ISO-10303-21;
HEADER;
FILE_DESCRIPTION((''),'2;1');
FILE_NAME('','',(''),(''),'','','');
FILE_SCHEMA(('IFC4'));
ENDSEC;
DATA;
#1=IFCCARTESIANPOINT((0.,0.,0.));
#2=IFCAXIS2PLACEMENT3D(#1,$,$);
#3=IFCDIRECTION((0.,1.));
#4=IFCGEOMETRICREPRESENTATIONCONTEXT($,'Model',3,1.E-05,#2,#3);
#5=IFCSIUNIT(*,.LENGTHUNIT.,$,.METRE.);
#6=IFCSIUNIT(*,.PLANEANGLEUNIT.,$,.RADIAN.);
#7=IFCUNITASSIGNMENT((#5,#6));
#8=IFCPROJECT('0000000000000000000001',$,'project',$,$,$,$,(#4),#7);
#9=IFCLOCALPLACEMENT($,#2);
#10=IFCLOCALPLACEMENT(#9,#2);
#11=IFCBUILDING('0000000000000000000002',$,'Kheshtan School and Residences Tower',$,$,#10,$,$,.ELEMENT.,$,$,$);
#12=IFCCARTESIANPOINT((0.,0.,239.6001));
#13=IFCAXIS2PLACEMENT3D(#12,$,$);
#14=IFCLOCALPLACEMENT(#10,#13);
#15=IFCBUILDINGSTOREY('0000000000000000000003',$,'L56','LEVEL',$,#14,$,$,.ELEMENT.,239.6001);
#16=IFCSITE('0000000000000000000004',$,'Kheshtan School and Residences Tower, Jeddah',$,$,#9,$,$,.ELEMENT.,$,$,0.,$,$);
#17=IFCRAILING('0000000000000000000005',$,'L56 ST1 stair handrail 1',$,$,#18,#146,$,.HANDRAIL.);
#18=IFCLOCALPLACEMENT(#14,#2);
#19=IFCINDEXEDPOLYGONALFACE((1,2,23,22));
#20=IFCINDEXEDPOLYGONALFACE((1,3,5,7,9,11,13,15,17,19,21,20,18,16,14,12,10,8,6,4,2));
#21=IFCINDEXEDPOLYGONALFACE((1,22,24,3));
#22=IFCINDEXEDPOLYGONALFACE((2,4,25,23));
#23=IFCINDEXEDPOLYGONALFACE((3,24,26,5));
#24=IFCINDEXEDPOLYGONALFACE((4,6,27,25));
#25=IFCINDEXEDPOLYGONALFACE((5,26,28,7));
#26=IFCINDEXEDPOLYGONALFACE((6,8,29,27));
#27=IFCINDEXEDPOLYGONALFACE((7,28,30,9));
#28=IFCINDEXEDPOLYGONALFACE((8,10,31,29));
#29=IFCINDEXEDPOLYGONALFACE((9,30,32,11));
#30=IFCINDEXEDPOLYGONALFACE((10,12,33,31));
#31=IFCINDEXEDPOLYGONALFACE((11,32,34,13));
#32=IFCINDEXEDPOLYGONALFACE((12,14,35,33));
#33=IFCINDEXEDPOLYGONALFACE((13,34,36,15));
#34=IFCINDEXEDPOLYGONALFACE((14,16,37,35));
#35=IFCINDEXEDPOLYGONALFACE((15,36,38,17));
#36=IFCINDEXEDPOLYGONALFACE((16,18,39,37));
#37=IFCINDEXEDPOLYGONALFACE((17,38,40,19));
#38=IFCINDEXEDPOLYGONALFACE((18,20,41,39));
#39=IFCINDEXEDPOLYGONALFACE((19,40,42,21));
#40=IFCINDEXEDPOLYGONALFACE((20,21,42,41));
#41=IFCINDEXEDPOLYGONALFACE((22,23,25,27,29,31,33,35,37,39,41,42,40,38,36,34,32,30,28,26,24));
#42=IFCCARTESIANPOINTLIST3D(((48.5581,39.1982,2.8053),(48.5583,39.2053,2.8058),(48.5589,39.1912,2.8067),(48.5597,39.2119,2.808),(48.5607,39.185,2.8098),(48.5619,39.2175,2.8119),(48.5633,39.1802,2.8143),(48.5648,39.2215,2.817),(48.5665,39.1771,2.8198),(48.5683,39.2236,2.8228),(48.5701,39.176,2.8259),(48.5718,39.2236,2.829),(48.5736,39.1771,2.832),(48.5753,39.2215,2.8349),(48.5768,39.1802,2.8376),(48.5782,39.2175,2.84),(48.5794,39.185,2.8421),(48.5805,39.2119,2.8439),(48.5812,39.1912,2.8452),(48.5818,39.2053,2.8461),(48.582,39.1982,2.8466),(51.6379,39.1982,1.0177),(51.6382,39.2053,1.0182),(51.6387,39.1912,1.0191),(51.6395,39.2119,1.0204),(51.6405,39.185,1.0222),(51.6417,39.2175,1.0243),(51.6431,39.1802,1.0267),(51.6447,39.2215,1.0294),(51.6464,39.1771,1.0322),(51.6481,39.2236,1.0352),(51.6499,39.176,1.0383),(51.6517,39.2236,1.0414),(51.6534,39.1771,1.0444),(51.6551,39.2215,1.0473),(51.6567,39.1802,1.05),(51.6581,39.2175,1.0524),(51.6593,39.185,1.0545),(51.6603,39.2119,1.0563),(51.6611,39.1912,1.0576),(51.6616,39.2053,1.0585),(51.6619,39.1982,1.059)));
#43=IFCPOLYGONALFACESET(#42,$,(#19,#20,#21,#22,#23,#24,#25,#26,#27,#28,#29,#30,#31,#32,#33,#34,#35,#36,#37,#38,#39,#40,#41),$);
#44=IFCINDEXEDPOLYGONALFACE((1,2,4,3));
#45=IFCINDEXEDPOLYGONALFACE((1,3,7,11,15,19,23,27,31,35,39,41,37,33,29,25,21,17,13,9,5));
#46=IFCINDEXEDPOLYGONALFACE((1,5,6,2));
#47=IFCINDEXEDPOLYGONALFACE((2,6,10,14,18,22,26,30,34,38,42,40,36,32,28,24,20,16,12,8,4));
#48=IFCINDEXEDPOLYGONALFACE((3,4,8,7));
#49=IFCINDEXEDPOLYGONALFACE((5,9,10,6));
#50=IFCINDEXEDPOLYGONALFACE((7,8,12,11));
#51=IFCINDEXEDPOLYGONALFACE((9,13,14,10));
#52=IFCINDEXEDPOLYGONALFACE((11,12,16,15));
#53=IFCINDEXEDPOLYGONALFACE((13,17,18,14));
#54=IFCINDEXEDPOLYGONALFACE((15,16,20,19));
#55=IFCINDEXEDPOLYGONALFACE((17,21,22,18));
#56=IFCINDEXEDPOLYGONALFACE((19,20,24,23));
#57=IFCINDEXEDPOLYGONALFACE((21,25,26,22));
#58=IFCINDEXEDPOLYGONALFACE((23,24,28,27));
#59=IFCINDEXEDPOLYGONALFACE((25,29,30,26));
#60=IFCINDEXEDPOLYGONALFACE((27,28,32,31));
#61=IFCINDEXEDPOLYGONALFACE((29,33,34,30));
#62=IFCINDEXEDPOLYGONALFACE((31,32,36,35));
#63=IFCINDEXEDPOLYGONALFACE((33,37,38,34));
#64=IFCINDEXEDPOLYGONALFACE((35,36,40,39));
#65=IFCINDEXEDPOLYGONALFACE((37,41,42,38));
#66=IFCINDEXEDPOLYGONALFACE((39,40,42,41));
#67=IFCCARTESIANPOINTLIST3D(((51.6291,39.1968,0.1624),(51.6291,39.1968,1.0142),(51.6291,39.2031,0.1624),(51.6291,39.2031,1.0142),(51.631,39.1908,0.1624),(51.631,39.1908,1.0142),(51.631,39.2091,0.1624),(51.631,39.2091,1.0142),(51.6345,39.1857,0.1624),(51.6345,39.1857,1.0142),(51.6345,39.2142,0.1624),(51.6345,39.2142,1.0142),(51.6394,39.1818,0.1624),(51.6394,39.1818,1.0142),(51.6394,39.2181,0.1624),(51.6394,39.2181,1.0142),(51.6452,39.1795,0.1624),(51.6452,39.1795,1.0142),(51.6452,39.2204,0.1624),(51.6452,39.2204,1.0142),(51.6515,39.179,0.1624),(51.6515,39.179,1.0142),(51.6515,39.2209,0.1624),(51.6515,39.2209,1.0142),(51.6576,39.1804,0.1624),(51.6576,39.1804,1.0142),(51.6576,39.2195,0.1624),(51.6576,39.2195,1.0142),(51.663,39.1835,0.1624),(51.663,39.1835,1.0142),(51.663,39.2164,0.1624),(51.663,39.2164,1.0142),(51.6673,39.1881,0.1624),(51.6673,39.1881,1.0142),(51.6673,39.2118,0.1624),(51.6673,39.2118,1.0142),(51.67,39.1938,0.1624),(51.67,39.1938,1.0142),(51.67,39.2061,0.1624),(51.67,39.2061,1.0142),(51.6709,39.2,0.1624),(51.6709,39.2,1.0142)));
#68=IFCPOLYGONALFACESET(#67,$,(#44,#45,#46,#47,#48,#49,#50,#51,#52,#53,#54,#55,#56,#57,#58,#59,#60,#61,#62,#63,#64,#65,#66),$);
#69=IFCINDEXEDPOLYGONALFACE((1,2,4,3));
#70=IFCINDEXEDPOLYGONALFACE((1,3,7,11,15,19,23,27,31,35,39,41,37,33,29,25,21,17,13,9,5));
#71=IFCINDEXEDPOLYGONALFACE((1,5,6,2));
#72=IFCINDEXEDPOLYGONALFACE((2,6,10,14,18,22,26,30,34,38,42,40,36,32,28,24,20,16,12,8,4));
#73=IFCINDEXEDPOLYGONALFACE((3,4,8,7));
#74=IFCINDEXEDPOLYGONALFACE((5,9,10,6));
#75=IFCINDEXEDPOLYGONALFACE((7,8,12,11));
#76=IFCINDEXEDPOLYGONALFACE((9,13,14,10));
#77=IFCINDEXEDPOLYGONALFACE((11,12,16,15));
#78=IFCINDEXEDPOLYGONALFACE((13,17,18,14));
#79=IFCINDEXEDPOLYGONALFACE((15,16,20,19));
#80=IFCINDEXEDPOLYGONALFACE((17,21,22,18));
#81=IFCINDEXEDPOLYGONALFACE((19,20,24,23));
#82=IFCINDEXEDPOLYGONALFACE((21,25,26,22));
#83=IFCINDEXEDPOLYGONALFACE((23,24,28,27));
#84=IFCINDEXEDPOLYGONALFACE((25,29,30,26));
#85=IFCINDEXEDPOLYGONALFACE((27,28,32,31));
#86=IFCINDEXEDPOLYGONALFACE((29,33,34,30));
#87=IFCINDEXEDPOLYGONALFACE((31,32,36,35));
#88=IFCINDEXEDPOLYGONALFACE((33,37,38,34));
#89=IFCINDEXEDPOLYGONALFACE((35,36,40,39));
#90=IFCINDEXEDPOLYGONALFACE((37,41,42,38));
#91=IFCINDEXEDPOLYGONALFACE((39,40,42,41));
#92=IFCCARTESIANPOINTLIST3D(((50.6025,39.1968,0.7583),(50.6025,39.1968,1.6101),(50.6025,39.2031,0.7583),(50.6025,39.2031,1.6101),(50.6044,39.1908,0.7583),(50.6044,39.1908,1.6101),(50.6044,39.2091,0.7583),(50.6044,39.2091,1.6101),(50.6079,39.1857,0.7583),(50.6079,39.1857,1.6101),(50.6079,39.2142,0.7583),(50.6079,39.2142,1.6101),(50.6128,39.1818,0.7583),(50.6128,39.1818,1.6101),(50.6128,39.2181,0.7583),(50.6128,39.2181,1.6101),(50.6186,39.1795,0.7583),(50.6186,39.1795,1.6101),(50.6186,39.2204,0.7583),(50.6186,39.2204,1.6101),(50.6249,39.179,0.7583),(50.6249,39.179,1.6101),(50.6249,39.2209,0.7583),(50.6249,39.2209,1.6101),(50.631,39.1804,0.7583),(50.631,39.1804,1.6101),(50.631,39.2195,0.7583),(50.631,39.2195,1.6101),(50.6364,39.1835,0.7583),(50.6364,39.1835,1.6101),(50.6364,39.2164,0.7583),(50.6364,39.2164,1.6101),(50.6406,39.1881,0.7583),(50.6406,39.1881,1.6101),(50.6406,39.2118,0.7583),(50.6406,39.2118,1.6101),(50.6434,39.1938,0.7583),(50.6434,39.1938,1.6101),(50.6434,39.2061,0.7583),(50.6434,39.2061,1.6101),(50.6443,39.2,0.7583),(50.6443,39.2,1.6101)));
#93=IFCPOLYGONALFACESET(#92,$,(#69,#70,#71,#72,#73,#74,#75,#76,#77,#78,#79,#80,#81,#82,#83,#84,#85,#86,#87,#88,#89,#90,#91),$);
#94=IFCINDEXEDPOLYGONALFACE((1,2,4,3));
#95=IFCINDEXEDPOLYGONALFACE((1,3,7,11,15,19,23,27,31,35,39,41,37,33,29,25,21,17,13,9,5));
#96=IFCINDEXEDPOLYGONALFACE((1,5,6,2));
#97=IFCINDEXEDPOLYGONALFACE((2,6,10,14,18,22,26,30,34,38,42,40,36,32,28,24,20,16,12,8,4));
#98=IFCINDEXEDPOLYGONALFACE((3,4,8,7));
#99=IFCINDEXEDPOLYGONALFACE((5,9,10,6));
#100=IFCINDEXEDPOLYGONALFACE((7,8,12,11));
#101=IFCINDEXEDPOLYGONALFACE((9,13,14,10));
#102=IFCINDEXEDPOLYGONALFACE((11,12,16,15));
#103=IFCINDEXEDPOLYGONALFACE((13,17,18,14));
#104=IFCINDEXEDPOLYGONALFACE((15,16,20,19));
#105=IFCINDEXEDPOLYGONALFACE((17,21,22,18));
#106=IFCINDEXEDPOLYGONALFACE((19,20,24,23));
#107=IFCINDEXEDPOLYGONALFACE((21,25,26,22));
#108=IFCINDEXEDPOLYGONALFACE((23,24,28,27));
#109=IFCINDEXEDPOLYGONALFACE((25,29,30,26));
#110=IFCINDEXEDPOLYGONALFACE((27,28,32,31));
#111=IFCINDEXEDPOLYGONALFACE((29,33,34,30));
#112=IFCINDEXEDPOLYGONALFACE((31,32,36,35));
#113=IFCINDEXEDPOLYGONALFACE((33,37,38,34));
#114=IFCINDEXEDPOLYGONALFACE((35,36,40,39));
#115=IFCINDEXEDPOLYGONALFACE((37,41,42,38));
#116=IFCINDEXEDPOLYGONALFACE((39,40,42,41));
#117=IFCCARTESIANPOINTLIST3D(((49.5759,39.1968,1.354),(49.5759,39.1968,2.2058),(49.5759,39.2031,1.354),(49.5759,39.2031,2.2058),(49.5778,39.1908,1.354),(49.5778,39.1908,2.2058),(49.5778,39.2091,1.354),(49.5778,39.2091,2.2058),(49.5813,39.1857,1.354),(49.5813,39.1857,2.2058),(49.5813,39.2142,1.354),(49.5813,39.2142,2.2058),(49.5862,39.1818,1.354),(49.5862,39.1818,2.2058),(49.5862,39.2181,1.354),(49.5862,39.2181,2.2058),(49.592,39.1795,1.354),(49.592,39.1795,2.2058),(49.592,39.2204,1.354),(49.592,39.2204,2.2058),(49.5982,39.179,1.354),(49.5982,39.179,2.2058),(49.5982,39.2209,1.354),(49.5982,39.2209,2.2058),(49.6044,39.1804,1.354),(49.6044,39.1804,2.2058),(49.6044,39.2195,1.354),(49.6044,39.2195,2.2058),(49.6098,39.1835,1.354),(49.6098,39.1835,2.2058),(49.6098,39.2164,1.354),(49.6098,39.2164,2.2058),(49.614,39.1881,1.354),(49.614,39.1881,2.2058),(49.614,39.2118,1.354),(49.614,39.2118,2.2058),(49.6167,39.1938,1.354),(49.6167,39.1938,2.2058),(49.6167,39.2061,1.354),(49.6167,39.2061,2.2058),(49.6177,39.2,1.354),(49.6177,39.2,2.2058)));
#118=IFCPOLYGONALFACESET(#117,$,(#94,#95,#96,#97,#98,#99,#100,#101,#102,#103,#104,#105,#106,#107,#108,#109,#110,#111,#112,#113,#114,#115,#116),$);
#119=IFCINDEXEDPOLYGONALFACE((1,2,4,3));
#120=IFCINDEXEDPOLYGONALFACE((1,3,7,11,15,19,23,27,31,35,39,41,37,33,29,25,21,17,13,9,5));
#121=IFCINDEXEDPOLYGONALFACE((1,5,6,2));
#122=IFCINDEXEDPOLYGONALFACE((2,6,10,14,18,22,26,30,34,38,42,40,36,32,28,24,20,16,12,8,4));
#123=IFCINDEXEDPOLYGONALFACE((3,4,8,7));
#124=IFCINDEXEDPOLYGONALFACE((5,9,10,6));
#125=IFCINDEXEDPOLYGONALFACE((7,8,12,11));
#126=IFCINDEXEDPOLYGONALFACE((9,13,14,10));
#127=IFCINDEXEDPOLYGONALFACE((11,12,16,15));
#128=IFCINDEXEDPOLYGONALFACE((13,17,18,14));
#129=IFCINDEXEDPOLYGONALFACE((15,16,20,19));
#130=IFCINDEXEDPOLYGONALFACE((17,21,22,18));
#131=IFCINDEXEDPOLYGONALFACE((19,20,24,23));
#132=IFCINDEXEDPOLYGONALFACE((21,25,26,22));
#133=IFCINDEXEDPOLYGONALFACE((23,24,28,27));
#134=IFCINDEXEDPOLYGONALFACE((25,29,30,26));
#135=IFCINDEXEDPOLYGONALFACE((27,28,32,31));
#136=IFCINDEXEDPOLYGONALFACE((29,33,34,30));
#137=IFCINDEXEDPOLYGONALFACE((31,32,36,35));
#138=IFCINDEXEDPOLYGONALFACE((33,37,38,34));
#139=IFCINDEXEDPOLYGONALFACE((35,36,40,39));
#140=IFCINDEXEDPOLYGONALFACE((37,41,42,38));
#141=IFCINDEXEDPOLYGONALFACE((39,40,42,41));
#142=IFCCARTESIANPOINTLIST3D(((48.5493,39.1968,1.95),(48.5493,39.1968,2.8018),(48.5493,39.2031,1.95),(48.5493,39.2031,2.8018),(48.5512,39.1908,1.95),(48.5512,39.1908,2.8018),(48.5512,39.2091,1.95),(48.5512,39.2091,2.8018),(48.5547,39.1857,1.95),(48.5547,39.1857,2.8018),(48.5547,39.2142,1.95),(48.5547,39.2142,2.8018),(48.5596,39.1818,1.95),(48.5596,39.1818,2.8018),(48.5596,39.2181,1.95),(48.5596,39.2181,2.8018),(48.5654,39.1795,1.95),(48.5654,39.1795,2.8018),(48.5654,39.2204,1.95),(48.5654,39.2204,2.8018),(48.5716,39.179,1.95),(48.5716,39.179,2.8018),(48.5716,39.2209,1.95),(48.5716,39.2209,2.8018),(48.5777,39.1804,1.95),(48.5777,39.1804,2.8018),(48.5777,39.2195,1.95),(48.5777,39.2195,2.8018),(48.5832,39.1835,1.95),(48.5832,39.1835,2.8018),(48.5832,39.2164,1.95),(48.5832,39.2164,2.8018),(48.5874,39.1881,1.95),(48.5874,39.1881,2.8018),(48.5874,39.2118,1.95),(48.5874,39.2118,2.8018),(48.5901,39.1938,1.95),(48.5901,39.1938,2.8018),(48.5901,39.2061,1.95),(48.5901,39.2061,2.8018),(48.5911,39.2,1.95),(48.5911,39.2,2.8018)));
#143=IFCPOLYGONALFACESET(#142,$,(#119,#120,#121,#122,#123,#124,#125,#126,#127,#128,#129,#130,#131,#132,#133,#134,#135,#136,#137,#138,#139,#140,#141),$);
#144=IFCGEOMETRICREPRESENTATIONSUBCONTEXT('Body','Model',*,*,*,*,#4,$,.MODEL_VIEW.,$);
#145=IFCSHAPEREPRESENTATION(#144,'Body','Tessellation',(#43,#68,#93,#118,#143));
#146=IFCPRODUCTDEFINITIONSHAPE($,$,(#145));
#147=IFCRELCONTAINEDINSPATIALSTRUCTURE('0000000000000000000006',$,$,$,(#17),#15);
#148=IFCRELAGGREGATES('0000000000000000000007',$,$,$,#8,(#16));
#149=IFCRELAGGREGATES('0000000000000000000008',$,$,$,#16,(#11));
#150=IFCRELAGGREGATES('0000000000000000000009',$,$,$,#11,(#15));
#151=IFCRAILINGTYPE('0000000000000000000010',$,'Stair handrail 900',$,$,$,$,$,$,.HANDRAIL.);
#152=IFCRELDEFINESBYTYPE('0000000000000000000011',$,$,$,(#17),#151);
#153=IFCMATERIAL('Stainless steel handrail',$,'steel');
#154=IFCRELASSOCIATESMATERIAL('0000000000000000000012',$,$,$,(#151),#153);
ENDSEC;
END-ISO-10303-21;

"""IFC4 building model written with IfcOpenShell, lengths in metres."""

from ifc_helpers import new_model, si_unit, direction, frame, origin, origin_2d, place, context, subcontext, project, spatial, circle, extrude, material, type_object, element, save


model = new_model("IFC4")

# Units and contexts
model_context = context("Model", 3, precision=1e-05, world=origin(), true_north=direction((0.0, 1.0)))
body_context = subcontext(model_context, "Body", "Model", "MODEL_VIEW")
ifc_project = project(units=[si_unit("LENGTHUNIT", "METRE"), si_unit("PLANEANGLEUNIT", "RADIAN")], contexts=[model_context])

# Site, building, storey
site_placement = place(None, origin())
site = spatial("IfcSite", under=ifc_project, at=site_placement, Name="Kheshtan School and Residences Tower, Jeddah", CompositionType="ELEMENT", RefElevation=0.0)
building_placement = place(site_placement, origin())
building = spatial("IfcBuilding", under=site, at=building_placement, Name="Kheshtan School and Residences Tower", CompositionType="ELEMENT")
storey_placement = place(building_placement, frame((0.0, 0.0, 239.6001)))
storey = spatial("IfcBuildingStorey", under=building, at=storey_placement, Name="L56", Description="LEVEL", CompositionType="ELEMENT", Elevation=239.6001)

# Railing
ifc_material_1 = material(Name="Stainless steel handrail", Category="steel")
railing_type_1 = type_object("IfcRailingType", Name="Stair handrail 900", PredefinedType="HANDRAIL", material=ifc_material_1)
railing_1_placement = place(storey_placement, frame((51.6499, 39.2, 0.1624)))
element("IfcRailing", 1, at=railing_1_placement, inside=storey, type_object=railing_type_1, Name="L56 ST1 stair handrail 1", PredefinedType="HANDRAIL", context=body_context, shape_type="SweptSolid", body=[
    extrude(circle(Radius=0.0239, at=origin_2d()), frame((0.0, 0.0, 0.876), z_axis=(-0.864873, 0.0, 0.50199), x_axis=(0.0, -1.0, 0.0)), (0.0, 0.0, 1.0), 3.561),
    extrude(circle(Radius=0.021, at=origin_2d()), origin(), (0.0, 0.0, 1.0), 0.8518),
    extrude(circle(Radius=0.021, at=origin_2d()), frame((-1.0266, 0.0, 0.5959)), (0.0, 0.0, 1.0), 0.8518),
    extrude(circle(Radius=0.021, at=origin_2d()), frame((-2.0532, 0.0, 1.1917)), (0.0, 0.0, 1.0), 0.8518),
    extrude(circle(Radius=0.021, at=origin_2d()), frame((-3.0798, 0.0, 1.7876)), (0.0, 0.0, 1.0), 0.8518),
])

save(model, "model.ifc")
